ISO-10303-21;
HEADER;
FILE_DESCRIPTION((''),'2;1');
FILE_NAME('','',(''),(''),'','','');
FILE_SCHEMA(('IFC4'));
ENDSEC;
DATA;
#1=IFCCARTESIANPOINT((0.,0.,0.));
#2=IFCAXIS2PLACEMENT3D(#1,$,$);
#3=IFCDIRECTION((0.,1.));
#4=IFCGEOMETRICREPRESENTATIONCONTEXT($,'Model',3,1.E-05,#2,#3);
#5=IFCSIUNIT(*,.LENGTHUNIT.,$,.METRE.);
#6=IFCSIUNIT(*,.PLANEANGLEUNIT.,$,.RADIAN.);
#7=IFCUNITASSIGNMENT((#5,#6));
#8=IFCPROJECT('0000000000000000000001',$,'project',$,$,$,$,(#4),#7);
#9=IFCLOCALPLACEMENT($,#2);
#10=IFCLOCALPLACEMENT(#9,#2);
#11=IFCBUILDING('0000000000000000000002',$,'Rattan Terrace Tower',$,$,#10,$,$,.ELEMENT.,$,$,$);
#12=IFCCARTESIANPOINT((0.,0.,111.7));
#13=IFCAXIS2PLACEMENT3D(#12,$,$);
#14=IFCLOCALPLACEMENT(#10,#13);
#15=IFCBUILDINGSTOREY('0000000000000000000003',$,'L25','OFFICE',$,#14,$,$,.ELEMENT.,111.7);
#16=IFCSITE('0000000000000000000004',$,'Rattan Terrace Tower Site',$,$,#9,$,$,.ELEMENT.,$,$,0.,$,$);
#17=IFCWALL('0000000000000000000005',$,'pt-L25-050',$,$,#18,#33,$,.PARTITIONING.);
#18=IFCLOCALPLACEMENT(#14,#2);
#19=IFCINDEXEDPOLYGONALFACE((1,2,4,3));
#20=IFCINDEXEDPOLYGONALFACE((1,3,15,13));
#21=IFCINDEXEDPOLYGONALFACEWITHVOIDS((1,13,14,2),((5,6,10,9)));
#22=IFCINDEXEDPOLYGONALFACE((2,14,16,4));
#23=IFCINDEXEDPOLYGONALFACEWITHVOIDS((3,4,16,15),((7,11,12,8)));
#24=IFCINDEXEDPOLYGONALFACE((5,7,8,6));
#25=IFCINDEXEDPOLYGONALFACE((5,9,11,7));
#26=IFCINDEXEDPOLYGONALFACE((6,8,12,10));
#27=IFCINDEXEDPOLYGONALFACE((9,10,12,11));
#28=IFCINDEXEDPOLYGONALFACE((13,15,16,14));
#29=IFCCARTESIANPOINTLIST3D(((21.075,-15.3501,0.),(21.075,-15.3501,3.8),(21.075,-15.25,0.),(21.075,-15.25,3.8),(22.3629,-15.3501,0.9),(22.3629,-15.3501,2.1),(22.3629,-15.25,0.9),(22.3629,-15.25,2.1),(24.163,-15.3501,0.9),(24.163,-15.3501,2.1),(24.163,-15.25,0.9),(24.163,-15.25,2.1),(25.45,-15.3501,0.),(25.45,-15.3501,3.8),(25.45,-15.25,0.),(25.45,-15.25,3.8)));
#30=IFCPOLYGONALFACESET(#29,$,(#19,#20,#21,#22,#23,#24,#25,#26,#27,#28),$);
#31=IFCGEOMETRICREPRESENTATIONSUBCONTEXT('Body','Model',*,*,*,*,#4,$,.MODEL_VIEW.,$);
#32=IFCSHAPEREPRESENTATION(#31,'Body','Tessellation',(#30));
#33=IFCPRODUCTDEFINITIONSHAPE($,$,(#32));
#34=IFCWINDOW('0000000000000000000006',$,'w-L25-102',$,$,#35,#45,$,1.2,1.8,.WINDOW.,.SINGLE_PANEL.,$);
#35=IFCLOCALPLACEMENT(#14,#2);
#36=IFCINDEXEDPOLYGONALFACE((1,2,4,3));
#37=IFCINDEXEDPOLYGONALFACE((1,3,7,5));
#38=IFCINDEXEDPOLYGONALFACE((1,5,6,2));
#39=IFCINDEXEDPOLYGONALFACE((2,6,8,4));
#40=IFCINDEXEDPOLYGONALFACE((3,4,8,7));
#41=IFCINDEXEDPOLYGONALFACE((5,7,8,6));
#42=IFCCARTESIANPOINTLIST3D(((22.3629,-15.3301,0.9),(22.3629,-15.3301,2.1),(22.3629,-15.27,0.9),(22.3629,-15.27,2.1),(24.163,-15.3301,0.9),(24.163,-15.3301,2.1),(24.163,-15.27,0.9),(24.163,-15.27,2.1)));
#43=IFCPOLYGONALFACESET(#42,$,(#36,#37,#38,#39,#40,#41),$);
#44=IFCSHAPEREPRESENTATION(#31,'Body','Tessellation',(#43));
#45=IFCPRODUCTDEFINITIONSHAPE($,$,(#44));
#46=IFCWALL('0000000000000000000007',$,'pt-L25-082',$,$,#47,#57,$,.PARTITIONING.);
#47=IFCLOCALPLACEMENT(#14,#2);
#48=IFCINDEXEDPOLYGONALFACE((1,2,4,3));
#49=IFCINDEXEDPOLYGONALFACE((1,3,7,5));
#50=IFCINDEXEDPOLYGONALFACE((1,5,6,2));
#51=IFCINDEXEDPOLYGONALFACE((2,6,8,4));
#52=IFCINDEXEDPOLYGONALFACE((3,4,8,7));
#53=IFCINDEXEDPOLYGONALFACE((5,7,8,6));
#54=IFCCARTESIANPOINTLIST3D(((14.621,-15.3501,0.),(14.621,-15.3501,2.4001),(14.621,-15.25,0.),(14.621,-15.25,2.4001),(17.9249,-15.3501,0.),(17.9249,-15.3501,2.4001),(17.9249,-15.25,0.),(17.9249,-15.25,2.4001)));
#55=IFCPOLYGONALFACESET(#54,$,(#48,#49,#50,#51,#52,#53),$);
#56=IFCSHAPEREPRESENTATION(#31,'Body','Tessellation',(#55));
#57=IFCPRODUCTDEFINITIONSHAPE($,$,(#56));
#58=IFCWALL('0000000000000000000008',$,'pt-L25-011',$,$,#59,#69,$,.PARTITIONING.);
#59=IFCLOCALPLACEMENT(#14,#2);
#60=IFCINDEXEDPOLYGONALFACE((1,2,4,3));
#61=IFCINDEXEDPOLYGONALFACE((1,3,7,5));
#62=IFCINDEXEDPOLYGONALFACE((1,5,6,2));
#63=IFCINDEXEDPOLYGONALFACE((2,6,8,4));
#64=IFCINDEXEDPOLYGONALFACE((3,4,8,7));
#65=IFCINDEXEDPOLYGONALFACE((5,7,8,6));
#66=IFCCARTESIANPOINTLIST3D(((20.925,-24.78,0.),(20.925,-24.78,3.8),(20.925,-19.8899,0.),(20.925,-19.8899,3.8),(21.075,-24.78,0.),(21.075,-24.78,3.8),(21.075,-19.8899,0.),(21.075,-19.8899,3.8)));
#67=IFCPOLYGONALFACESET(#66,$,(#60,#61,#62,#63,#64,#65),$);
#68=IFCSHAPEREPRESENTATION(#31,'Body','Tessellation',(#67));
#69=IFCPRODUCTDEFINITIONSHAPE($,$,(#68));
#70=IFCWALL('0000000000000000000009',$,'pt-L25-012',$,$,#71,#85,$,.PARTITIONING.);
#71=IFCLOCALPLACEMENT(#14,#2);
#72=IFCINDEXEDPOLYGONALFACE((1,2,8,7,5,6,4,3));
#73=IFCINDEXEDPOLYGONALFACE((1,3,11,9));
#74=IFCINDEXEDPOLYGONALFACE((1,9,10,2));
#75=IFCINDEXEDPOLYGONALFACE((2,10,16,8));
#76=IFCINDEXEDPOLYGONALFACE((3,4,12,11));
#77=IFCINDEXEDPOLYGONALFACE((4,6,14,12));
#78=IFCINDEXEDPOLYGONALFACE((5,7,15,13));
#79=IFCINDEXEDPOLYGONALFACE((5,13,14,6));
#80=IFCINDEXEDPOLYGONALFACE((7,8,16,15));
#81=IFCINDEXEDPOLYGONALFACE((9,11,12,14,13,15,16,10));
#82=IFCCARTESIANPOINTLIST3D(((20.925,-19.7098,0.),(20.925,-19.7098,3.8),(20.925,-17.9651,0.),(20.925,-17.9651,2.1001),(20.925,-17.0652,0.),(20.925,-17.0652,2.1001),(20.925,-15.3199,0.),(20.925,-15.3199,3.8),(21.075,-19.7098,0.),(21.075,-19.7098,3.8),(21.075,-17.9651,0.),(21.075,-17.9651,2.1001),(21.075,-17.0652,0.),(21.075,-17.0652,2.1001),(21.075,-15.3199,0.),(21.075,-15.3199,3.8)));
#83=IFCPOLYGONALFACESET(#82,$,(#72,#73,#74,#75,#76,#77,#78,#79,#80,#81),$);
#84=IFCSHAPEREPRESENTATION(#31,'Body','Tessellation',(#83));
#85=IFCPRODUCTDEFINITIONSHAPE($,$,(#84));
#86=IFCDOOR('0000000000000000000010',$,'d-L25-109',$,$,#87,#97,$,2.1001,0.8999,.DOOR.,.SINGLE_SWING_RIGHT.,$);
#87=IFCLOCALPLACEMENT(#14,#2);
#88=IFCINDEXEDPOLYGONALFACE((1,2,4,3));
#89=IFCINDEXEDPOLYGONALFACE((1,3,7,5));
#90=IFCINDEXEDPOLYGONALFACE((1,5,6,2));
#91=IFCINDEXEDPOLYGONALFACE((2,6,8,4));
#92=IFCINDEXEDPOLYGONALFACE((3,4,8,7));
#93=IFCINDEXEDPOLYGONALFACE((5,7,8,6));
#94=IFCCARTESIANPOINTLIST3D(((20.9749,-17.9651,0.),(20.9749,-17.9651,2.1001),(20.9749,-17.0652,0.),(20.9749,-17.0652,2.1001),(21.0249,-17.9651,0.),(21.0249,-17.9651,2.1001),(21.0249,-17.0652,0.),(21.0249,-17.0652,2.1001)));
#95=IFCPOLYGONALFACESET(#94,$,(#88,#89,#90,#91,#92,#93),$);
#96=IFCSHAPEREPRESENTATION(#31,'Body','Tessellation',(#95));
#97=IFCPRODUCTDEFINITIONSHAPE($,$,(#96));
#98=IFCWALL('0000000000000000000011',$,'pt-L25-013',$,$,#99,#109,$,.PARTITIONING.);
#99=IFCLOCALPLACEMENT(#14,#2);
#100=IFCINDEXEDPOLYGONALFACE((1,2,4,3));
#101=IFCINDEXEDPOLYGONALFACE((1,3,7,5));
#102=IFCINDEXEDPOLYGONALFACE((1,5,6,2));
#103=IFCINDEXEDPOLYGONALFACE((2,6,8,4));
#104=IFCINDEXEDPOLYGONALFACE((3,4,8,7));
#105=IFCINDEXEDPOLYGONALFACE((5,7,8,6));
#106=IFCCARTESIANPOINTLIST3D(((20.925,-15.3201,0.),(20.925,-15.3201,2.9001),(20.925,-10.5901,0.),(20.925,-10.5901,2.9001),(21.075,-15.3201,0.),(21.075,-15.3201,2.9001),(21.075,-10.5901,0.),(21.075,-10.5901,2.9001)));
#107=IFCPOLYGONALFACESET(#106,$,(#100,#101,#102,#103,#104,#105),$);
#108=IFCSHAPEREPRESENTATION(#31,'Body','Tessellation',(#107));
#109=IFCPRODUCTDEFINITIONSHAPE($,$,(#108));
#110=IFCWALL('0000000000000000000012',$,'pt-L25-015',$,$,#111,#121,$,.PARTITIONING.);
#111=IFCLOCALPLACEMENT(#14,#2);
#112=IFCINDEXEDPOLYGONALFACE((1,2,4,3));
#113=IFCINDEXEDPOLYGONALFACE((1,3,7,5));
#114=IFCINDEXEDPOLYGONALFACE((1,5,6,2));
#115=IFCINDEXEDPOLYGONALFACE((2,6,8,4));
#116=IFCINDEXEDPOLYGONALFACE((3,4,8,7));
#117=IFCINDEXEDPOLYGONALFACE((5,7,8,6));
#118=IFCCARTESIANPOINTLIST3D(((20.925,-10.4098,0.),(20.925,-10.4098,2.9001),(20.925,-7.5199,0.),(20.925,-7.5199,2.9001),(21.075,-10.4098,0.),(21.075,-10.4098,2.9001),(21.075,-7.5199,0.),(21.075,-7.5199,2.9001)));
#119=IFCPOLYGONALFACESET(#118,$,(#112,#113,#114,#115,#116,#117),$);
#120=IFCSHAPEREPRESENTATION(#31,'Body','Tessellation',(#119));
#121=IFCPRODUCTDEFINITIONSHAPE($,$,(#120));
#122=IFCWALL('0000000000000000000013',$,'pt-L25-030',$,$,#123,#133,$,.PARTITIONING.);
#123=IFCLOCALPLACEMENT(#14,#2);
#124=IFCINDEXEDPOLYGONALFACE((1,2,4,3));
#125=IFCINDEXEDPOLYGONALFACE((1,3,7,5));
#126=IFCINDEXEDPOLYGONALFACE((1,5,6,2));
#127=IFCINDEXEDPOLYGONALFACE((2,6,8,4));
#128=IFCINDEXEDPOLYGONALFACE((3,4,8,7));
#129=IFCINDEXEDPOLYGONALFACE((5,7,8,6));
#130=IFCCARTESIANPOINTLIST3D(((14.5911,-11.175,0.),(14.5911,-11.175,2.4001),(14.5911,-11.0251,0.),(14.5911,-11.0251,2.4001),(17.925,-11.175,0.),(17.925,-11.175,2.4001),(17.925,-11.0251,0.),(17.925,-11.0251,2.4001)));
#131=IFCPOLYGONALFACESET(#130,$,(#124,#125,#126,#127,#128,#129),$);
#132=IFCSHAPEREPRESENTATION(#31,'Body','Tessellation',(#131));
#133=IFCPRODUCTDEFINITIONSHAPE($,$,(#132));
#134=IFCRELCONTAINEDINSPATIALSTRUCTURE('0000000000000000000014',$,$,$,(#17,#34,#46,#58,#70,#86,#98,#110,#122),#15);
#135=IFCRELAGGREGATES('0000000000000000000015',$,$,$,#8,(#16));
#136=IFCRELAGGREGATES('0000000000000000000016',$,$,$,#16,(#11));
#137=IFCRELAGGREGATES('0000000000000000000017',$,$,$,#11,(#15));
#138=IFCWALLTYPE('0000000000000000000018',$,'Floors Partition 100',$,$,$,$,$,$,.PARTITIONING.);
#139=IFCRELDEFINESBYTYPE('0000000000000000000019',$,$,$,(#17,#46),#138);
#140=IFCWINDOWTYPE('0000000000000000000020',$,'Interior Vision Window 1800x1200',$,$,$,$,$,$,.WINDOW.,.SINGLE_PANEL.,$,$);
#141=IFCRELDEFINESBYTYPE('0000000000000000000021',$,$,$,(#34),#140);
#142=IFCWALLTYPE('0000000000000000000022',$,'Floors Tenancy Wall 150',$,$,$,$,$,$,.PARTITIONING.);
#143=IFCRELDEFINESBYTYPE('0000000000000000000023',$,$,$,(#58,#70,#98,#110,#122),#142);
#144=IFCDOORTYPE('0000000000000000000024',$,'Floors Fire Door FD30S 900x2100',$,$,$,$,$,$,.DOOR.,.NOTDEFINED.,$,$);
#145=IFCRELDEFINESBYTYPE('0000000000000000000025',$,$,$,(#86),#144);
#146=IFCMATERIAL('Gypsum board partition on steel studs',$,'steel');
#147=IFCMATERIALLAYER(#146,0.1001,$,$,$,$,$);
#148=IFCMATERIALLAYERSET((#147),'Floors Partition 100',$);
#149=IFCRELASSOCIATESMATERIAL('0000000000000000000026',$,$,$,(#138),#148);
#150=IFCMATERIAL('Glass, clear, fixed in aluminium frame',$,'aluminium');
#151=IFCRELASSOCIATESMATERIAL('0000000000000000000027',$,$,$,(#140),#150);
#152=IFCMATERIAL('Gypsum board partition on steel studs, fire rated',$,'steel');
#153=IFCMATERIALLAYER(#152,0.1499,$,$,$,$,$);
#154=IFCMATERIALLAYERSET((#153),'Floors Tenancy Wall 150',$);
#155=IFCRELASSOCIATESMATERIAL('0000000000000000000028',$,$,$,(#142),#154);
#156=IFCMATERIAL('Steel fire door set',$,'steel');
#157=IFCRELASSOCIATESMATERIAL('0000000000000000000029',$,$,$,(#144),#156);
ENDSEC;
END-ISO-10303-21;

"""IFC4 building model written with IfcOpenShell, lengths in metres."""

from ifc_helpers import new_model, si_unit, direction, frame, frame_2d, origin, place, context, subcontext, project, spatial, rectangle, extrude, material, layer, layer_set, type_object, element, fill, save


model = new_model("IFC4")

# Units and contexts
model_context = context("Model", 3, precision=1e-05, world=origin(), true_north=direction((0.0, 1.0)))
body_context = subcontext(model_context, "Body", "Model", "MODEL_VIEW")
ifc_project = project(units=[si_unit("LENGTHUNIT", "METRE"), si_unit("PLANEANGLEUNIT", "RADIAN")], contexts=[model_context])

# Site, building, storey
site_placement = place(None, origin())
site = spatial("IfcSite", under=ifc_project, at=site_placement, Name="Rattan Terrace Tower Site", CompositionType="ELEMENT", RefElevation=0.0)
building_placement = place(site_placement, origin())
building = spatial("IfcBuilding", under=site, at=building_placement, Name="Rattan Terrace Tower", CompositionType="ELEMENT")
storey_placement = place(building_placement, frame((0.0, 0.0, 111.7)))
storey = spatial("IfcBuildingStorey", under=building, at=storey_placement, Name="L25", Description="OFFICE", CompositionType="ELEMENT", Elevation=111.7)

# Wall, opening, window
ifc_material_1 = material(Name="Gypsum board partition on steel studs", Category="steel")
ifc_layer_1 = layer(ifc_material_1, 0.1001)
ifc_layer_set_1 = layer_set([ifc_layer_1], Name="Floors Partition 100")
wall_type_1 = type_object("IfcWallType", Name="Floors Partition 100", PredefinedType="PARTITIONING", material=ifc_layer_set_1)
wall_1_placement = place(storey_placement, frame((21.075, -15.3, 0.0), z_axis=(0.0, 0.0, 1.0), x_axis=(1.0, 0.0, 0.0)))
wall_1 = element("IfcWall", 1, at=wall_1_placement, inside=storey, type_object=wall_type_1, Name="pt-L25-050", PredefinedType="PARTITIONING", context=body_context, shape_type="SweptSolid", body=[
    extrude(rectangle(XDim=4.375, YDim=0.1001, at=frame_2d((2.1875, 0.0))), origin(), (0.0, 0.0, 1.0), 3.8),
])
opening_1_placement = place(wall_1_placement, frame((1.2881, 0.0, 0.8999)))
opening_1 = element("IfcOpeningElement", 2, at=opening_1_placement, cuts=wall_1, PredefinedType="OPENING", context=body_context, shape_type="SweptSolid", body=[
    extrude(rectangle(XDim=1.8, YDim=1.2, at=frame_2d((0.8999, 0.6001))), frame((0.0, 0.0605, 0.0), z_axis=(0.0, -1.0, 0.0), x_axis=(1.0, 0.0, 0.0)), (0.0, 0.0, 1.0), 0.1211),
])
ifc_material_2 = material(Name="Glass, clear, fixed in aluminium frame", Category="aluminium")
window_type = type_object("IfcWindowType", Name="Interior Vision Window 1800x1200", PartitioningType="SINGLE_PANEL", PredefinedType="WINDOW", material=ifc_material_2)
window_placement = place(opening_1_placement, origin())
window = element("IfcWindow", 3, at=window_placement, inside=storey, type_object=window_type, Name="w-L25-102", OverallHeight=1.2, OverallWidth=1.8, PartitioningType="SINGLE_PANEL", PredefinedType="WINDOW", context=body_context, shape_type="SweptSolid", body=[
    extrude(rectangle(XDim=1.8, YDim=1.2, at=frame_2d((0.8999, 0.6001))), frame((0.0, 0.03, 0.0), z_axis=(0.0, -1.0, 0.0), x_axis=(1.0, 0.0, 0.0)), (0.0, 0.0, 1.0), 0.0601),
])
fill(opening_1, window)

# Walls
wall_2_placement = place(storey_placement, frame((14.6211, -15.3, 0.0), z_axis=(0.0, 0.0, 1.0), x_axis=(1.0, 0.0, 0.0)))
element("IfcWall", 4, at=wall_2_placement, inside=storey, type_object=wall_type_1, Name="pt-L25-082", PredefinedType="PARTITIONING", context=body_context, shape_type="SweptSolid", body=[
    extrude(rectangle(XDim=3.304, YDim=0.1001, at=frame_2d((1.6519, 0.0))), origin(), (0.0, 0.0, 1.0), 2.4001),
])
ifc_material_3 = material(Name="Gypsum board partition on steel studs, fire rated", Category="steel")
ifc_layer_2 = layer(ifc_material_3, 0.1499)
ifc_layer_set_2 = layer_set([ifc_layer_2], Name="Floors Tenancy Wall 150")
wall_type_2 = type_object("IfcWallType", Name="Floors Tenancy Wall 150", PredefinedType="PARTITIONING", material=ifc_layer_set_2)
wall_3_placement = place(storey_placement, frame((21.0, -19.8899, 0.0), z_axis=(0.0, 0.0, 1.0), x_axis=(0.0, -1.0, 0.0)))
element("IfcWall", 5, at=wall_3_placement, inside=storey, type_object=wall_type_2, Name="pt-L25-011", PredefinedType="PARTITIONING", context=body_context, shape_type="SweptSolid", body=[
    extrude(rectangle(XDim=4.8901, YDim=0.1499, at=frame_2d((2.4451, 0.0))), origin(), (0.0, 0.0, 1.0), 3.8),
])

# Wall, opening, door
wall_4_placement = place(storey_placement, frame((21.0, -15.3201, 0.0), z_axis=(0.0, 0.0, 1.0), x_axis=(0.0, -1.0, 0.0)))
wall_4 = element("IfcWall", 6, at=wall_4_placement, inside=storey, type_object=wall_type_2, Name="pt-L25-012", PredefinedType="PARTITIONING", context=body_context, shape_type="SweptSolid", body=[
    extrude(rectangle(XDim=4.3899, YDim=0.1499, at=frame_2d((2.1948, 0.0))), origin(), (0.0, 0.0, 1.0), 3.8),
])
opening_2_placement = place(wall_4_placement, frame((1.7451, 0.0, 0.0)))
opening_2 = element("IfcOpeningElement", 7, at=opening_2_placement, cuts=wall_4, PredefinedType="OPENING", context=body_context, shape_type="SweptSolid", body=[
    extrude(rectangle(XDim=0.8999, YDim=2.1001, at=frame_2d((0.45, 1.05))), frame((0.0, 0.0854, 0.0), z_axis=(0.0, -1.0, 0.0), x_axis=(1.0, 0.0, 0.0)), (0.0, 0.0, 1.0), 0.1709),
])
ifc_material_4 = material(Name="Steel fire door set", Category="steel")
door_type_1 = type_object("IfcDoorType", Name="Floors Fire Door FD30S 900x2100", OperationType="NOTDEFINED", PredefinedType="DOOR", material=ifc_material_4)
door_1_placement = place(opening_2_placement, origin())
door_1 = element("IfcDoor", 8, at=door_1_placement, inside=storey, type_object=door_type_1, Name="d-L25-109", OperationType="SINGLE_SWING_RIGHT", OverallHeight=2.1001, OverallWidth=0.8999, PredefinedType="DOOR", context=body_context, shape_type="SweptSolid", body=[
    extrude(rectangle(XDim=0.8999, YDim=2.1001, at=frame_2d((0.45, 1.05))), frame((0.0, 0.0249, 0.0), z_axis=(0.0, -1.0, 0.0), x_axis=(1.0, 0.0, 0.0)), (0.0, 0.0, 1.0), 0.05),
])
fill(opening_2, door_1)

# Walls
wall_5_placement = place(storey_placement, frame((21.0, -10.5901, 0.0), z_axis=(0.0, 0.0, 1.0), x_axis=(0.0, -1.0, 0.0)))
element("IfcWall", 9, at=wall_5_placement, inside=storey, type_object=wall_type_2, Name="pt-L25-013", PredefinedType="PARTITIONING", context=body_context, shape_type="SweptSolid", body=[
    extrude(rectangle(XDim=4.73, YDim=0.1499, at=frame_2d((2.365, 0.0))), origin(), (0.0, 0.0, 1.0), 2.9001),
])
wall_6_placement = place(storey_placement, frame((21.0, -7.52, 0.0), z_axis=(0.0, 0.0, 1.0), x_axis=(0.0, -1.0, 0.0)))
element("IfcWall", 10, at=wall_6_placement, inside=storey, type_object=wall_type_2, Name="pt-L25-015", PredefinedType="PARTITIONING", context=body_context, shape_type="SweptSolid", body=[
    extrude(rectangle(XDim=2.8899, YDim=0.1499, at=frame_2d((1.4448, 0.0))), origin(), (0.0, 0.0, 1.0), 2.9001),
])
wall_7_placement = place(storey_placement, frame((17.925, -11.1001, 0.0), z_axis=(0.0, 0.0, 1.0), x_axis=(-1.0, 0.0, 0.0)))
element("IfcWall", 11, at=wall_7_placement, inside=storey, type_object=wall_type_2, Name="pt-L25-030", PredefinedType="PARTITIONING", context=body_context, shape_type="SweptSolid", body=[
    extrude(rectangle(XDim=3.334, YDim=0.1499, at=frame_2d((1.667, 0.0))), origin(), (0.0, 0.0, 1.0), 2.4001),
])

save(model, "model.ifc")
